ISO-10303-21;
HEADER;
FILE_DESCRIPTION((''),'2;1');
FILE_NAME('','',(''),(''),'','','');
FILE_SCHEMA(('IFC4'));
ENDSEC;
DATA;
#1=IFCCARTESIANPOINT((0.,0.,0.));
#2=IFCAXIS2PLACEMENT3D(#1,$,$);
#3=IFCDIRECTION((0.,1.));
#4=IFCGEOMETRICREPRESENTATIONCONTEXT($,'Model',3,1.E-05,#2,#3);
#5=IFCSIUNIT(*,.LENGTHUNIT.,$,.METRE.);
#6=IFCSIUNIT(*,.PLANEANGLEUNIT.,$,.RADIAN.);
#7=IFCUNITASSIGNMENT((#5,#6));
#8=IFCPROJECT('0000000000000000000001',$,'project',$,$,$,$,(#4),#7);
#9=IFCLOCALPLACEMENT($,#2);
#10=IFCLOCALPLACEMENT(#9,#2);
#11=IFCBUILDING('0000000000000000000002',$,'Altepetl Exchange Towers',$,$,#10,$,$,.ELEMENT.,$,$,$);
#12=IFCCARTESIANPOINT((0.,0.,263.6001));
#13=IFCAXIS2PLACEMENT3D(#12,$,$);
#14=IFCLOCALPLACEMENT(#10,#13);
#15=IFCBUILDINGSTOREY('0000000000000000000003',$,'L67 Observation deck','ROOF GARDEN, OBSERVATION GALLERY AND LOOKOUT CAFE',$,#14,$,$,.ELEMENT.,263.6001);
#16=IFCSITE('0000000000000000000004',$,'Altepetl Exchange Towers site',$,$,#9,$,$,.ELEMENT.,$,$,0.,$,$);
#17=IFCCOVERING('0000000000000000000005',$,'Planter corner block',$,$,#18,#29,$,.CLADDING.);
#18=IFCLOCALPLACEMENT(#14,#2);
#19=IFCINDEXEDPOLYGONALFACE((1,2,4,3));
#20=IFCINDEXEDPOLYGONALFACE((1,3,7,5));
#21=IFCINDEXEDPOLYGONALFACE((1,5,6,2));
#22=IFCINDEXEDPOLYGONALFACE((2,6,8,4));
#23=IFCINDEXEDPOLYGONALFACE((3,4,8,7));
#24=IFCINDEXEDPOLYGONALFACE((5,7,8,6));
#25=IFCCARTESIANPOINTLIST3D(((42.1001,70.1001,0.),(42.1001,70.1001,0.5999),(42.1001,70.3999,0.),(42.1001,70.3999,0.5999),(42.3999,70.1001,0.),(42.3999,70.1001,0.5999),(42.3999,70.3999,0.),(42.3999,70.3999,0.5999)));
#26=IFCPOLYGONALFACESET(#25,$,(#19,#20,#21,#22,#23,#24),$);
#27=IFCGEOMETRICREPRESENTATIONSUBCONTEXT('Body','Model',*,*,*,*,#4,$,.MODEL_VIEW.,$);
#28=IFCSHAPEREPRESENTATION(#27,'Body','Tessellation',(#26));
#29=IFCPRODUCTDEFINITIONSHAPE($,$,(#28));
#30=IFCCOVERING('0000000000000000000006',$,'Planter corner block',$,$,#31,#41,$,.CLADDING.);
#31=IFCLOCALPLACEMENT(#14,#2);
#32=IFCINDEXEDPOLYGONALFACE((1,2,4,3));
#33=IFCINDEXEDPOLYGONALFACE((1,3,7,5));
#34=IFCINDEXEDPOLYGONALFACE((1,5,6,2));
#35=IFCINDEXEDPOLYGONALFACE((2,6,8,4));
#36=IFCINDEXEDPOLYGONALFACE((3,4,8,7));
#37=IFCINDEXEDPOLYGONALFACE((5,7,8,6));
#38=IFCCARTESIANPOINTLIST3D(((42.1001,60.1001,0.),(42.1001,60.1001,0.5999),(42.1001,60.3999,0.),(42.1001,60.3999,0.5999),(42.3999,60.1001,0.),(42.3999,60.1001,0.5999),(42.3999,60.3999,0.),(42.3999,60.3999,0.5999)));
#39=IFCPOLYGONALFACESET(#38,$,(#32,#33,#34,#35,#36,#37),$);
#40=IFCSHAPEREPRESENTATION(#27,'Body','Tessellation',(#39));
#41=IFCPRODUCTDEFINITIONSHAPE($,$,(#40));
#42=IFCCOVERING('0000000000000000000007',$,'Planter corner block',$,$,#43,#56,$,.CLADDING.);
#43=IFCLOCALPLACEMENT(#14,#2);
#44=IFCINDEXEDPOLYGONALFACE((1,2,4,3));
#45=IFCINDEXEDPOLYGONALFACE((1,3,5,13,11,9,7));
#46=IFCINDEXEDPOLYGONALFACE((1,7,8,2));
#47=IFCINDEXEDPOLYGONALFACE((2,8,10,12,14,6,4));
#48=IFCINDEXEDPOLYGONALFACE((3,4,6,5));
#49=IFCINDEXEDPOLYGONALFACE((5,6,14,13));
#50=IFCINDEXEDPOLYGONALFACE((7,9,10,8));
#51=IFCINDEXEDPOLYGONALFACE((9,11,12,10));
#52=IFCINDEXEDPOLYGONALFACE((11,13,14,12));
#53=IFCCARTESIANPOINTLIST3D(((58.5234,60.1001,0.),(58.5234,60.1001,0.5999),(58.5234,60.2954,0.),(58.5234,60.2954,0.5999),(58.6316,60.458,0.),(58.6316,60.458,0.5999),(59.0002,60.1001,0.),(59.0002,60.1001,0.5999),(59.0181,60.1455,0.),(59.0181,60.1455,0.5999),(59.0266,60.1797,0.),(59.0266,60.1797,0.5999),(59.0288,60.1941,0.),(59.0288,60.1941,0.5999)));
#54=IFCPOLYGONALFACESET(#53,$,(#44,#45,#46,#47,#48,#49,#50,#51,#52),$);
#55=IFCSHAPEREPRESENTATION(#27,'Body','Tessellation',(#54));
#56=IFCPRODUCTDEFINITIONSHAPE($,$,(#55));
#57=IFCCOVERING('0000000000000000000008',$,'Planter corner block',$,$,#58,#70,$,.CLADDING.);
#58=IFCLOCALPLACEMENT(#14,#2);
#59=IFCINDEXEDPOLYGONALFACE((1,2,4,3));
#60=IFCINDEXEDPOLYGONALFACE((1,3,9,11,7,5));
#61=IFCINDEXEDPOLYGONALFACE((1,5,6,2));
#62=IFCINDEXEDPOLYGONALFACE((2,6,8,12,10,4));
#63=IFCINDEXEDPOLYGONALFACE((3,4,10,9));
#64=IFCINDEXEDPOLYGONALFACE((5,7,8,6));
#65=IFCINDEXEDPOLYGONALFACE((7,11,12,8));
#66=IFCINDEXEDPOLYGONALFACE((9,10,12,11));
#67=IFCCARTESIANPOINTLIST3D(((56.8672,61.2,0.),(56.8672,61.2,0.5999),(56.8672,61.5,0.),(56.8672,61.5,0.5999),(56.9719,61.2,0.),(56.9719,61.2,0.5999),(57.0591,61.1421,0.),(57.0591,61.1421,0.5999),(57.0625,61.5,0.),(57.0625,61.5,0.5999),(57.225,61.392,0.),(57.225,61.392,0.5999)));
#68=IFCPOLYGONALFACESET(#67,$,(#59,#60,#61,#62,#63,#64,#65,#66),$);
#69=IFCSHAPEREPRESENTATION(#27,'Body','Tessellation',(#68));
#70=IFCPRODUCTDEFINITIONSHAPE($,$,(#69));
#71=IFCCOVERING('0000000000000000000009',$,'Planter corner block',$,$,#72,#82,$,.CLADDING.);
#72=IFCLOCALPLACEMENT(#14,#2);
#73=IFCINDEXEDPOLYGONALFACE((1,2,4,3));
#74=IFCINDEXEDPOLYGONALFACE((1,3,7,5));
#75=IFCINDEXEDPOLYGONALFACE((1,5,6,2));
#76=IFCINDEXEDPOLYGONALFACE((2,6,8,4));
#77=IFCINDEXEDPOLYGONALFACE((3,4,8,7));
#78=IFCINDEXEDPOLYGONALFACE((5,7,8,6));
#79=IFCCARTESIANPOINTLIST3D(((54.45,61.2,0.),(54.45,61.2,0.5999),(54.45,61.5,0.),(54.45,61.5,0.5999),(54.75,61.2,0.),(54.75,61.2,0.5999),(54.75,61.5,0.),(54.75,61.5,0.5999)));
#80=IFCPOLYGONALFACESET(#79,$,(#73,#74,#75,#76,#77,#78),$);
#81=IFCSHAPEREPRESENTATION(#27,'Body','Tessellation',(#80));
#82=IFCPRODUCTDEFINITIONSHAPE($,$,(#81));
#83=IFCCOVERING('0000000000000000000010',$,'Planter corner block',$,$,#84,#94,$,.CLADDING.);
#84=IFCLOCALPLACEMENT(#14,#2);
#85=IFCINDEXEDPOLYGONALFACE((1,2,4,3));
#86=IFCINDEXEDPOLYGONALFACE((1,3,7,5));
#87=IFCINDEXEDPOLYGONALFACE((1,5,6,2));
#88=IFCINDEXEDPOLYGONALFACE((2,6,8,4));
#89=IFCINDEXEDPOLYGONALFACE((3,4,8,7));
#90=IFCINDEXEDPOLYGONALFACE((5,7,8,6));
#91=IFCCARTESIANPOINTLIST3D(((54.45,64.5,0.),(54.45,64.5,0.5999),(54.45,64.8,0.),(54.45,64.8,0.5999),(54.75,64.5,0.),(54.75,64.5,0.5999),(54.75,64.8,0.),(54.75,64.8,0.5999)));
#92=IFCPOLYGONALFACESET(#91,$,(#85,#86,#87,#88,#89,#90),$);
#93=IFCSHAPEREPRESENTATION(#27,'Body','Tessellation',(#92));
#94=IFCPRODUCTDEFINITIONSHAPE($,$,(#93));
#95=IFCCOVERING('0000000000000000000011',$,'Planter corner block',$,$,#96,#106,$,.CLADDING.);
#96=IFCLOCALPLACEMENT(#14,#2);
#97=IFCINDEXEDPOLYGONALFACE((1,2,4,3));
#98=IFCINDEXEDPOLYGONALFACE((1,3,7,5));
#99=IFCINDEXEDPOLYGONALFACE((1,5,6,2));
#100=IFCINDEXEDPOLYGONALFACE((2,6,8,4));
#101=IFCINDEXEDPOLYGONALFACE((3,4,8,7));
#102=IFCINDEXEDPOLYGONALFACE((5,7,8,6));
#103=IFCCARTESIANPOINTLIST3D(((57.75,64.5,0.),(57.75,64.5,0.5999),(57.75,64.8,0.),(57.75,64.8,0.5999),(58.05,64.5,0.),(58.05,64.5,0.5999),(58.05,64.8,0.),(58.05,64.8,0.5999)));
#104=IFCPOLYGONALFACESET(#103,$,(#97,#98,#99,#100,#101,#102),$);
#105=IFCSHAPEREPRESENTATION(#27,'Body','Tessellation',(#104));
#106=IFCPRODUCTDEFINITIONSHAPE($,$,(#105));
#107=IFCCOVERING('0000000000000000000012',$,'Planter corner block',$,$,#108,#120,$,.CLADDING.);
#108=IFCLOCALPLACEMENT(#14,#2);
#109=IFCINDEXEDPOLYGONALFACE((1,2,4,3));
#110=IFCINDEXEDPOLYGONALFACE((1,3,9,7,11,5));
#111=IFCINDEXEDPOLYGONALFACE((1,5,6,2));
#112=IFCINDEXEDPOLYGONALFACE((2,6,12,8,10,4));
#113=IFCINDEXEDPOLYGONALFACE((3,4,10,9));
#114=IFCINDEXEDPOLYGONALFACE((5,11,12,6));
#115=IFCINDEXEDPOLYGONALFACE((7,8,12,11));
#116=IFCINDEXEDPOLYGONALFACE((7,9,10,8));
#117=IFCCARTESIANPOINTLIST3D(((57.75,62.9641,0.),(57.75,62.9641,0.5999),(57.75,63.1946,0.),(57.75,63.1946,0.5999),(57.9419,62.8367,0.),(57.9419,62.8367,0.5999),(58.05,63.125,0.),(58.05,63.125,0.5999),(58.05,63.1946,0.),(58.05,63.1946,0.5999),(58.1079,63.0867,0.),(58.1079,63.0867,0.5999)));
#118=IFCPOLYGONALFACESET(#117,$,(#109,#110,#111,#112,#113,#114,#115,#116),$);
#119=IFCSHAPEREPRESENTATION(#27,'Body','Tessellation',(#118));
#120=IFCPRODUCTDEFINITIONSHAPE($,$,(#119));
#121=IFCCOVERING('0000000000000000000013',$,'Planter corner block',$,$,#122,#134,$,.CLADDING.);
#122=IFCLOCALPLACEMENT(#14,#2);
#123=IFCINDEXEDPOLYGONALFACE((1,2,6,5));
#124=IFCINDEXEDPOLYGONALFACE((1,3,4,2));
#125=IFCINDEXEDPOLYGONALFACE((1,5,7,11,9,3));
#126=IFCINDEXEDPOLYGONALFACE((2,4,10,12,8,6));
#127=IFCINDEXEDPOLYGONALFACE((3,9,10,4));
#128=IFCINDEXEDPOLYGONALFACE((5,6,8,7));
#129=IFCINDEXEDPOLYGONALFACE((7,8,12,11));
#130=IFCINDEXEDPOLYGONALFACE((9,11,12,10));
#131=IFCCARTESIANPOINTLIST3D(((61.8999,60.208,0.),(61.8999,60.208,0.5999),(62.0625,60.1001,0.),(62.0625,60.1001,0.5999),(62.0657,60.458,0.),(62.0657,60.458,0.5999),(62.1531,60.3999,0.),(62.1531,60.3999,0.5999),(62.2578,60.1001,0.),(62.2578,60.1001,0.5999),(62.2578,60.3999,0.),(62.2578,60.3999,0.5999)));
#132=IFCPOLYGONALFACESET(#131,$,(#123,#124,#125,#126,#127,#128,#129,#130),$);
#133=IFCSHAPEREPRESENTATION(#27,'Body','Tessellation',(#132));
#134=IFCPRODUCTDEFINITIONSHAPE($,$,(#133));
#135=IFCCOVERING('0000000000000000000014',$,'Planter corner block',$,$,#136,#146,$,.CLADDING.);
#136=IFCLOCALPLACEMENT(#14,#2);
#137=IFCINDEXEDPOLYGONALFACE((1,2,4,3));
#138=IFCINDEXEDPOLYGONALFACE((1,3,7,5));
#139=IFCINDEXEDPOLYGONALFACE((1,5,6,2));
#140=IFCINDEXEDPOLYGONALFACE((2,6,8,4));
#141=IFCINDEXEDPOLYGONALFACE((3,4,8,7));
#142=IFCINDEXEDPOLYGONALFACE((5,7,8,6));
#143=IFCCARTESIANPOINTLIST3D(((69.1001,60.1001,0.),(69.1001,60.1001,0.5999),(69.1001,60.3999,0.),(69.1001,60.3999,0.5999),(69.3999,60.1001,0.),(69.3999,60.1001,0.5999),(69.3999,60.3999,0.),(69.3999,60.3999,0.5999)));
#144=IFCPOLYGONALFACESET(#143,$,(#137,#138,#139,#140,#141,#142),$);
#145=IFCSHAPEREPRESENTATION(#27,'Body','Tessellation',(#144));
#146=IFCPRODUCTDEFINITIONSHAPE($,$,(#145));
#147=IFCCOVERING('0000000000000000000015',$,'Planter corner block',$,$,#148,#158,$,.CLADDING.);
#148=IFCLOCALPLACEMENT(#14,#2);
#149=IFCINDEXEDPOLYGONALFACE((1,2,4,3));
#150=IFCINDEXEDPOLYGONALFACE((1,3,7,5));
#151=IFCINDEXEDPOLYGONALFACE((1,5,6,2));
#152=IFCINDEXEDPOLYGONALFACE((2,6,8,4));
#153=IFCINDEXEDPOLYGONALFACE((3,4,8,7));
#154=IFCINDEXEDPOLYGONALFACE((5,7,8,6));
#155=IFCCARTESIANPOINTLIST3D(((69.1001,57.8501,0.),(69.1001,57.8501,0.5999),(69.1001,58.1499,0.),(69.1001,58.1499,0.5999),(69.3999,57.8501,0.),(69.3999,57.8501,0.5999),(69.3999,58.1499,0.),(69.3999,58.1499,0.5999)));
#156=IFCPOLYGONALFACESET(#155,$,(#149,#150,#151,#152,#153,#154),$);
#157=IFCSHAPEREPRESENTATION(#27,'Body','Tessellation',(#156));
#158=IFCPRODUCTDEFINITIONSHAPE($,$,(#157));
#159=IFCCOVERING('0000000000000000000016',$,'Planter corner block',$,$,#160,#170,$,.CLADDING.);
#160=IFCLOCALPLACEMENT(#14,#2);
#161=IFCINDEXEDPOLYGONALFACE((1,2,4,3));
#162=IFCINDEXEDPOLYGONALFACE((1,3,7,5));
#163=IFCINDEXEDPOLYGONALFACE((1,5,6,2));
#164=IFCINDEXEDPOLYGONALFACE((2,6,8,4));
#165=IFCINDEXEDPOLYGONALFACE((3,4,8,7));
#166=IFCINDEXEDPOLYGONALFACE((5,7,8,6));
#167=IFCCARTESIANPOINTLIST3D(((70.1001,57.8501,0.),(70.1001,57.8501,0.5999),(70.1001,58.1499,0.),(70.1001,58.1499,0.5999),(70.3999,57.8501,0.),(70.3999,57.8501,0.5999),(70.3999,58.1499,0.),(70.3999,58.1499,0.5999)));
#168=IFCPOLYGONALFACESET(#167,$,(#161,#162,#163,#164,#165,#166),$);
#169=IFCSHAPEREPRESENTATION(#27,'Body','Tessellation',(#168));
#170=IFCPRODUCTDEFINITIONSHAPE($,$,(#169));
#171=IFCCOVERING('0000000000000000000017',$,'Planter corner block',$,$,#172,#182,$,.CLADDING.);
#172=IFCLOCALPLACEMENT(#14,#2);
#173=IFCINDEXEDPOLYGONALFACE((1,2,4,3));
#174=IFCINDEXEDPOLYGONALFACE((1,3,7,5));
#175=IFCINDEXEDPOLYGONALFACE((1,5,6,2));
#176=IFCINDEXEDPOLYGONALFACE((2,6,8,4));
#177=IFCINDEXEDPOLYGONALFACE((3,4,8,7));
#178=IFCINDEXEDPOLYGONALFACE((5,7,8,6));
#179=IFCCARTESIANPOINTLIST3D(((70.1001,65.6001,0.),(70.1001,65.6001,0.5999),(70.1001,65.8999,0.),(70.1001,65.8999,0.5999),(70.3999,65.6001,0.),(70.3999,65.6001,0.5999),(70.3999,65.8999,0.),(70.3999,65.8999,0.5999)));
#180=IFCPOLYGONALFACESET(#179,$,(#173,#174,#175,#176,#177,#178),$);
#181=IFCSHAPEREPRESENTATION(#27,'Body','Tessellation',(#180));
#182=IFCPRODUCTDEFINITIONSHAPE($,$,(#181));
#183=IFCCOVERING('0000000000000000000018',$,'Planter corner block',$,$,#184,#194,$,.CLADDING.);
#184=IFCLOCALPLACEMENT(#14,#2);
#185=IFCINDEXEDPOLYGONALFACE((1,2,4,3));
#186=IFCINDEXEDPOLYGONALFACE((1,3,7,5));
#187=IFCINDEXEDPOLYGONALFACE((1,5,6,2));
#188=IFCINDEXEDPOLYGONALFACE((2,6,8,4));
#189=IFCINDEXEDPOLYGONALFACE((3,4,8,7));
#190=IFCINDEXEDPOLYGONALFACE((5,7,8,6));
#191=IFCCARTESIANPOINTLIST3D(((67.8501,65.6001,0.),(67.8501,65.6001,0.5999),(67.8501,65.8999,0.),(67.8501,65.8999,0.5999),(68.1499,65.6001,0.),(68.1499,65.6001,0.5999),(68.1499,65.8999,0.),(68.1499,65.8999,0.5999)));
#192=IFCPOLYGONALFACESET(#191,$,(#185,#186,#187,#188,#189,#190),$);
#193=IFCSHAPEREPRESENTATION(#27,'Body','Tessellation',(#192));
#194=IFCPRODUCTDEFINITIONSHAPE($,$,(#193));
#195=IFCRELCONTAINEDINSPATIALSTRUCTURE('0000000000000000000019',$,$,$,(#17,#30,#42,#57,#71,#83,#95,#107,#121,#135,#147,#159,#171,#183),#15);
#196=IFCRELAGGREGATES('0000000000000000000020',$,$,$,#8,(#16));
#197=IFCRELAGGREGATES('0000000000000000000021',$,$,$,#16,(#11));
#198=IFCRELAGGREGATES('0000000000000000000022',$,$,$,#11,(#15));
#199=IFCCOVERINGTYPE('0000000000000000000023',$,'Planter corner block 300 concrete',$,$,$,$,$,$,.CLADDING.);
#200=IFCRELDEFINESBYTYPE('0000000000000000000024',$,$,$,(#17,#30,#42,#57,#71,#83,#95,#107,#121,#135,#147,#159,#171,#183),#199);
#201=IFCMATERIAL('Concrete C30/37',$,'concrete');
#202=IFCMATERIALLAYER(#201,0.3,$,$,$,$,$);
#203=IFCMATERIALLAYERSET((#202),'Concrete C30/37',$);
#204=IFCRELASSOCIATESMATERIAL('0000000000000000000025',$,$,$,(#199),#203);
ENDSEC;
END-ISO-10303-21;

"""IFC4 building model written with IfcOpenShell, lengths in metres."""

from ifc_helpers import new_model, si_unit, direction, frame, origin, place, context, subcontext, project, spatial, polyline, outline, extrude, material, layer, layer_set, type_object, element, save


model = new_model("IFC4")

# Units and contexts
model_context = context("Model", 3, precision=1e-05, world=origin(), true_north=direction((0.0, 1.0)))
body_context = subcontext(model_context, "Body", "Model", "MODEL_VIEW")
ifc_project = project(units=[si_unit("LENGTHUNIT", "METRE"), si_unit("PLANEANGLEUNIT", "RADIAN")], contexts=[model_context])

# Site, building, storey
site_placement = place(None, origin())
site = spatial("IfcSite", under=ifc_project, at=site_placement, Name="Altepetl Exchange Towers site", CompositionType="ELEMENT", RefElevation=0.0)
building_placement = place(site_placement, origin())
building = spatial("IfcBuilding", under=site, at=building_placement, Name="Altepetl Exchange Towers", CompositionType="ELEMENT")
storey_placement = place(building_placement, frame((0.0, 0.0, 263.6001)))
storey = spatial("IfcBuildingStorey", under=building, at=storey_placement, Name="L67 Observation deck", Description="ROOF GARDEN, OBSERVATION GALLERY AND LOOKOUT CAFE", CompositionType="ELEMENT", Elevation=263.6001)

# Coverings
ifc_material_1 = material(Name="Concrete C30/37", Category="concrete")
ifc_layer_1 = layer(ifc_material_1, 0.3)
ifc_layer_set_1 = layer_set([ifc_layer_1], Name="Concrete C30/37")
covering_type_1 = type_object("IfcCoveringType", Name="Planter corner block 300 concrete", PredefinedType="CLADDING", material=ifc_layer_set_1)
covering_1_placement = place(storey_placement, origin())
element("IfcCovering", 1, at=covering_1_placement, inside=storey, type_object=covering_type_1, Name="Planter corner block", PredefinedType="CLADDING", context=body_context, shape_type="SweptSolid", body=[
    extrude(outline(polyline([(42.3999, 70.1001), (42.3999, 70.3999), (42.1001, 70.3999), (42.1001, 70.1001), (42.3999, 70.1001)])), origin(), (0.0, 0.0, 1.0), 0.5999),
])
covering_2_placement = place(storey_placement, origin())
element("IfcCovering", 2, at=covering_2_placement, inside=storey, type_object=covering_type_1, Name="Planter corner block", PredefinedType="CLADDING", context=body_context, shape_type="SweptSolid", body=[
    extrude(outline(polyline([(42.3999, 60.3999), (42.1001, 60.3999), (42.1001, 60.1001), (42.3999, 60.1001), (42.3999, 60.3999)])), origin(), (0.0, 0.0, 1.0), 0.5999),
])
covering_3_placement = place(storey_placement, origin())
element("IfcCovering", 3, at=covering_3_placement, inside=storey, type_object=covering_type_1, Name="Planter corner block", PredefinedType="CLADDING", context=body_context, shape_type="SweptSolid", body=[
    extrude(outline(polyline([(59.0181, 60.1455), (59.0266, 60.1797), (59.0288, 60.1941), (58.6316, 60.458), (58.5234, 60.2954), (58.5234, 60.1001), (59.0002, 60.1001), (59.0181, 60.1455)])), origin(), (0.0, 0.0, 1.0), 0.5999),
])
covering_4_placement = place(storey_placement, origin())
element("IfcCovering", 4, at=covering_4_placement, inside=storey, type_object=covering_type_1, Name="Planter corner block", PredefinedType="CLADDING", context=body_context, shape_type="SweptSolid", body=[
    extrude(outline(polyline([(57.2251, 61.3921), (57.3723, 61.2942), (57.0625, 61.5), (56.8672, 61.5), (56.8672, 61.2), (56.9719, 61.2), (57.0591, 61.1421), (57.2251, 61.3921)])), origin(), (0.0, 0.0, 1.0), 0.5999),
])
covering_5_placement = place(storey_placement, origin())
element("IfcCovering", 5, at=covering_5_placement, inside=storey, type_object=covering_type_1, Name="Planter corner block", PredefinedType="CLADDING", context=body_context, shape_type="SweptSolid", body=[
    extrude(outline(polyline([(54.45, 61.5), (54.45, 61.2), (54.75, 61.2), (54.75, 61.5), (54.45, 61.5)])), origin(), (0.0, 0.0, 1.0), 0.5999),
])
covering_6_placement = place(storey_placement, origin())
element("IfcCovering", 6, at=covering_6_placement, inside=storey, type_object=covering_type_1, Name="Planter corner block", PredefinedType="CLADDING", context=body_context, shape_type="SweptSolid", body=[
    extrude(outline(polyline([(54.75, 64.8), (54.45, 64.8), (54.45, 64.5), (54.75, 64.5), (54.75, 64.8)])), origin(), (0.0, 0.0, 1.0), 0.5999),
])
covering_7_placement = place(storey_placement, origin())
element("IfcCovering", 7, at=covering_7_placement, inside=storey, type_object=covering_type_1, Name="Planter corner block", PredefinedType="CLADDING", context=body_context, shape_type="SweptSolid", body=[
    extrude(outline(polyline([(58.05, 64.5), (58.05, 64.8), (57.75, 64.8), (57.75, 64.5), (58.05, 64.5)])), origin(), (0.0, 0.0, 1.0), 0.5999),
])
covering_8_placement = place(storey_placement, origin())
element("IfcCovering", 8, at=covering_8_placement, inside=storey, type_object=covering_type_1, Name="Planter corner block", PredefinedType="CLADDING", context=body_context, shape_type="SweptSolid", body=[
    extrude(outline(polyline([(58.05, 63.1946), (57.75, 63.1946), (57.75, 62.9641), (58.0894, 62.7388), (57.9419, 62.8367), (58.1079, 63.0867), (58.05, 63.125), (58.05, 63.1946)])), origin(), (0.0, 0.0, 1.0), 0.5999),
])
covering_9_placement = place(storey_placement, origin())
element("IfcCovering", 9, at=covering_9_placement, inside=storey, type_object=covering_type_1, Name="Planter corner block", PredefinedType="CLADDING", context=body_context, shape_type="SweptSolid", body=[
    extrude(outline(polyline([(62.0657, 60.458), (61.8999, 60.208), (62.0625, 60.1001), (62.2578, 60.1001), (62.2578, 60.3999), (62.1531, 60.3999), (61.9185, 60.5559), (62.0657, 60.458)])), origin(), (0.0, 0.0, 1.0), 0.5999),
])
covering_10_placement = place(storey_placement, origin())
element("IfcCovering", 10, at=covering_10_placement, inside=storey, type_object=covering_type_1, Name="Planter corner block", PredefinedType="CLADDING", context=body_context, shape_type="SweptSolid", body=[
    extrude(outline(polyline([(69.3999, 60.1001), (69.3999, 60.3999), (69.1001, 60.3999), (69.1001, 60.1001), (69.3999, 60.1001)])), origin(), (0.0, 0.0, 1.0), 0.5999),
])
covering_11_placement = place(storey_placement, origin())
element("IfcCovering", 11, at=covering_11_placement, inside=storey, type_object=covering_type_1, Name="Planter corner block", PredefinedType="CLADDING", context=body_context, shape_type="SweptSolid", body=[
    extrude(outline(polyline([(69.3999, 58.1499), (69.1001, 58.1499), (69.1001, 57.8501), (69.3999, 57.8501), (69.3999, 58.1499)])), origin(), (0.0, 0.0, 1.0), 0.5999),
])
covering_12_placement = place(storey_placement, origin())
element("IfcCovering", 12, at=covering_12_placement, inside=storey, type_object=covering_type_1, Name="Planter corner block", PredefinedType="CLADDING", context=body_context, shape_type="SweptSolid", body=[
    extrude(outline(polyline([(70.1001, 58.1499), (70.1001, 57.8501), (70.3999, 57.8501), (70.3999, 58.1499), (70.1001, 58.1499)])), origin(), (0.0, 0.0, 1.0), 0.5999),
])
covering_13_placement = place(storey_placement, origin())
element("IfcCovering", 13, at=covering_13_placement, inside=storey, type_object=covering_type_1, Name="Planter corner block", PredefinedType="CLADDING", context=body_context, shape_type="SweptSolid", body=[
    extrude(outline(polyline([(70.1001, 65.6001), (70.3999, 65.6001), (70.3999, 65.8999), (70.1001, 65.8999), (70.1001, 65.6001)])), origin(), (0.0, 0.0, 1.0), 0.5999),
])
covering_14_placement = place(storey_placement, origin())
element("IfcCovering", 14, at=covering_14_placement, inside=storey, type_object=covering_type_1, Name="Planter corner block", PredefinedType="CLADDING", context=body_context, shape_type="SweptSolid", body=[
    extrude(outline(polyline([(67.8501, 65.8999), (67.8501, 65.6001), (68.1499, 65.6001), (68.1499, 65.8999), (67.8501, 65.8999)])), origin(), (0.0, 0.0, 1.0), 0.5999),
])

save(model, "model.ifc")
